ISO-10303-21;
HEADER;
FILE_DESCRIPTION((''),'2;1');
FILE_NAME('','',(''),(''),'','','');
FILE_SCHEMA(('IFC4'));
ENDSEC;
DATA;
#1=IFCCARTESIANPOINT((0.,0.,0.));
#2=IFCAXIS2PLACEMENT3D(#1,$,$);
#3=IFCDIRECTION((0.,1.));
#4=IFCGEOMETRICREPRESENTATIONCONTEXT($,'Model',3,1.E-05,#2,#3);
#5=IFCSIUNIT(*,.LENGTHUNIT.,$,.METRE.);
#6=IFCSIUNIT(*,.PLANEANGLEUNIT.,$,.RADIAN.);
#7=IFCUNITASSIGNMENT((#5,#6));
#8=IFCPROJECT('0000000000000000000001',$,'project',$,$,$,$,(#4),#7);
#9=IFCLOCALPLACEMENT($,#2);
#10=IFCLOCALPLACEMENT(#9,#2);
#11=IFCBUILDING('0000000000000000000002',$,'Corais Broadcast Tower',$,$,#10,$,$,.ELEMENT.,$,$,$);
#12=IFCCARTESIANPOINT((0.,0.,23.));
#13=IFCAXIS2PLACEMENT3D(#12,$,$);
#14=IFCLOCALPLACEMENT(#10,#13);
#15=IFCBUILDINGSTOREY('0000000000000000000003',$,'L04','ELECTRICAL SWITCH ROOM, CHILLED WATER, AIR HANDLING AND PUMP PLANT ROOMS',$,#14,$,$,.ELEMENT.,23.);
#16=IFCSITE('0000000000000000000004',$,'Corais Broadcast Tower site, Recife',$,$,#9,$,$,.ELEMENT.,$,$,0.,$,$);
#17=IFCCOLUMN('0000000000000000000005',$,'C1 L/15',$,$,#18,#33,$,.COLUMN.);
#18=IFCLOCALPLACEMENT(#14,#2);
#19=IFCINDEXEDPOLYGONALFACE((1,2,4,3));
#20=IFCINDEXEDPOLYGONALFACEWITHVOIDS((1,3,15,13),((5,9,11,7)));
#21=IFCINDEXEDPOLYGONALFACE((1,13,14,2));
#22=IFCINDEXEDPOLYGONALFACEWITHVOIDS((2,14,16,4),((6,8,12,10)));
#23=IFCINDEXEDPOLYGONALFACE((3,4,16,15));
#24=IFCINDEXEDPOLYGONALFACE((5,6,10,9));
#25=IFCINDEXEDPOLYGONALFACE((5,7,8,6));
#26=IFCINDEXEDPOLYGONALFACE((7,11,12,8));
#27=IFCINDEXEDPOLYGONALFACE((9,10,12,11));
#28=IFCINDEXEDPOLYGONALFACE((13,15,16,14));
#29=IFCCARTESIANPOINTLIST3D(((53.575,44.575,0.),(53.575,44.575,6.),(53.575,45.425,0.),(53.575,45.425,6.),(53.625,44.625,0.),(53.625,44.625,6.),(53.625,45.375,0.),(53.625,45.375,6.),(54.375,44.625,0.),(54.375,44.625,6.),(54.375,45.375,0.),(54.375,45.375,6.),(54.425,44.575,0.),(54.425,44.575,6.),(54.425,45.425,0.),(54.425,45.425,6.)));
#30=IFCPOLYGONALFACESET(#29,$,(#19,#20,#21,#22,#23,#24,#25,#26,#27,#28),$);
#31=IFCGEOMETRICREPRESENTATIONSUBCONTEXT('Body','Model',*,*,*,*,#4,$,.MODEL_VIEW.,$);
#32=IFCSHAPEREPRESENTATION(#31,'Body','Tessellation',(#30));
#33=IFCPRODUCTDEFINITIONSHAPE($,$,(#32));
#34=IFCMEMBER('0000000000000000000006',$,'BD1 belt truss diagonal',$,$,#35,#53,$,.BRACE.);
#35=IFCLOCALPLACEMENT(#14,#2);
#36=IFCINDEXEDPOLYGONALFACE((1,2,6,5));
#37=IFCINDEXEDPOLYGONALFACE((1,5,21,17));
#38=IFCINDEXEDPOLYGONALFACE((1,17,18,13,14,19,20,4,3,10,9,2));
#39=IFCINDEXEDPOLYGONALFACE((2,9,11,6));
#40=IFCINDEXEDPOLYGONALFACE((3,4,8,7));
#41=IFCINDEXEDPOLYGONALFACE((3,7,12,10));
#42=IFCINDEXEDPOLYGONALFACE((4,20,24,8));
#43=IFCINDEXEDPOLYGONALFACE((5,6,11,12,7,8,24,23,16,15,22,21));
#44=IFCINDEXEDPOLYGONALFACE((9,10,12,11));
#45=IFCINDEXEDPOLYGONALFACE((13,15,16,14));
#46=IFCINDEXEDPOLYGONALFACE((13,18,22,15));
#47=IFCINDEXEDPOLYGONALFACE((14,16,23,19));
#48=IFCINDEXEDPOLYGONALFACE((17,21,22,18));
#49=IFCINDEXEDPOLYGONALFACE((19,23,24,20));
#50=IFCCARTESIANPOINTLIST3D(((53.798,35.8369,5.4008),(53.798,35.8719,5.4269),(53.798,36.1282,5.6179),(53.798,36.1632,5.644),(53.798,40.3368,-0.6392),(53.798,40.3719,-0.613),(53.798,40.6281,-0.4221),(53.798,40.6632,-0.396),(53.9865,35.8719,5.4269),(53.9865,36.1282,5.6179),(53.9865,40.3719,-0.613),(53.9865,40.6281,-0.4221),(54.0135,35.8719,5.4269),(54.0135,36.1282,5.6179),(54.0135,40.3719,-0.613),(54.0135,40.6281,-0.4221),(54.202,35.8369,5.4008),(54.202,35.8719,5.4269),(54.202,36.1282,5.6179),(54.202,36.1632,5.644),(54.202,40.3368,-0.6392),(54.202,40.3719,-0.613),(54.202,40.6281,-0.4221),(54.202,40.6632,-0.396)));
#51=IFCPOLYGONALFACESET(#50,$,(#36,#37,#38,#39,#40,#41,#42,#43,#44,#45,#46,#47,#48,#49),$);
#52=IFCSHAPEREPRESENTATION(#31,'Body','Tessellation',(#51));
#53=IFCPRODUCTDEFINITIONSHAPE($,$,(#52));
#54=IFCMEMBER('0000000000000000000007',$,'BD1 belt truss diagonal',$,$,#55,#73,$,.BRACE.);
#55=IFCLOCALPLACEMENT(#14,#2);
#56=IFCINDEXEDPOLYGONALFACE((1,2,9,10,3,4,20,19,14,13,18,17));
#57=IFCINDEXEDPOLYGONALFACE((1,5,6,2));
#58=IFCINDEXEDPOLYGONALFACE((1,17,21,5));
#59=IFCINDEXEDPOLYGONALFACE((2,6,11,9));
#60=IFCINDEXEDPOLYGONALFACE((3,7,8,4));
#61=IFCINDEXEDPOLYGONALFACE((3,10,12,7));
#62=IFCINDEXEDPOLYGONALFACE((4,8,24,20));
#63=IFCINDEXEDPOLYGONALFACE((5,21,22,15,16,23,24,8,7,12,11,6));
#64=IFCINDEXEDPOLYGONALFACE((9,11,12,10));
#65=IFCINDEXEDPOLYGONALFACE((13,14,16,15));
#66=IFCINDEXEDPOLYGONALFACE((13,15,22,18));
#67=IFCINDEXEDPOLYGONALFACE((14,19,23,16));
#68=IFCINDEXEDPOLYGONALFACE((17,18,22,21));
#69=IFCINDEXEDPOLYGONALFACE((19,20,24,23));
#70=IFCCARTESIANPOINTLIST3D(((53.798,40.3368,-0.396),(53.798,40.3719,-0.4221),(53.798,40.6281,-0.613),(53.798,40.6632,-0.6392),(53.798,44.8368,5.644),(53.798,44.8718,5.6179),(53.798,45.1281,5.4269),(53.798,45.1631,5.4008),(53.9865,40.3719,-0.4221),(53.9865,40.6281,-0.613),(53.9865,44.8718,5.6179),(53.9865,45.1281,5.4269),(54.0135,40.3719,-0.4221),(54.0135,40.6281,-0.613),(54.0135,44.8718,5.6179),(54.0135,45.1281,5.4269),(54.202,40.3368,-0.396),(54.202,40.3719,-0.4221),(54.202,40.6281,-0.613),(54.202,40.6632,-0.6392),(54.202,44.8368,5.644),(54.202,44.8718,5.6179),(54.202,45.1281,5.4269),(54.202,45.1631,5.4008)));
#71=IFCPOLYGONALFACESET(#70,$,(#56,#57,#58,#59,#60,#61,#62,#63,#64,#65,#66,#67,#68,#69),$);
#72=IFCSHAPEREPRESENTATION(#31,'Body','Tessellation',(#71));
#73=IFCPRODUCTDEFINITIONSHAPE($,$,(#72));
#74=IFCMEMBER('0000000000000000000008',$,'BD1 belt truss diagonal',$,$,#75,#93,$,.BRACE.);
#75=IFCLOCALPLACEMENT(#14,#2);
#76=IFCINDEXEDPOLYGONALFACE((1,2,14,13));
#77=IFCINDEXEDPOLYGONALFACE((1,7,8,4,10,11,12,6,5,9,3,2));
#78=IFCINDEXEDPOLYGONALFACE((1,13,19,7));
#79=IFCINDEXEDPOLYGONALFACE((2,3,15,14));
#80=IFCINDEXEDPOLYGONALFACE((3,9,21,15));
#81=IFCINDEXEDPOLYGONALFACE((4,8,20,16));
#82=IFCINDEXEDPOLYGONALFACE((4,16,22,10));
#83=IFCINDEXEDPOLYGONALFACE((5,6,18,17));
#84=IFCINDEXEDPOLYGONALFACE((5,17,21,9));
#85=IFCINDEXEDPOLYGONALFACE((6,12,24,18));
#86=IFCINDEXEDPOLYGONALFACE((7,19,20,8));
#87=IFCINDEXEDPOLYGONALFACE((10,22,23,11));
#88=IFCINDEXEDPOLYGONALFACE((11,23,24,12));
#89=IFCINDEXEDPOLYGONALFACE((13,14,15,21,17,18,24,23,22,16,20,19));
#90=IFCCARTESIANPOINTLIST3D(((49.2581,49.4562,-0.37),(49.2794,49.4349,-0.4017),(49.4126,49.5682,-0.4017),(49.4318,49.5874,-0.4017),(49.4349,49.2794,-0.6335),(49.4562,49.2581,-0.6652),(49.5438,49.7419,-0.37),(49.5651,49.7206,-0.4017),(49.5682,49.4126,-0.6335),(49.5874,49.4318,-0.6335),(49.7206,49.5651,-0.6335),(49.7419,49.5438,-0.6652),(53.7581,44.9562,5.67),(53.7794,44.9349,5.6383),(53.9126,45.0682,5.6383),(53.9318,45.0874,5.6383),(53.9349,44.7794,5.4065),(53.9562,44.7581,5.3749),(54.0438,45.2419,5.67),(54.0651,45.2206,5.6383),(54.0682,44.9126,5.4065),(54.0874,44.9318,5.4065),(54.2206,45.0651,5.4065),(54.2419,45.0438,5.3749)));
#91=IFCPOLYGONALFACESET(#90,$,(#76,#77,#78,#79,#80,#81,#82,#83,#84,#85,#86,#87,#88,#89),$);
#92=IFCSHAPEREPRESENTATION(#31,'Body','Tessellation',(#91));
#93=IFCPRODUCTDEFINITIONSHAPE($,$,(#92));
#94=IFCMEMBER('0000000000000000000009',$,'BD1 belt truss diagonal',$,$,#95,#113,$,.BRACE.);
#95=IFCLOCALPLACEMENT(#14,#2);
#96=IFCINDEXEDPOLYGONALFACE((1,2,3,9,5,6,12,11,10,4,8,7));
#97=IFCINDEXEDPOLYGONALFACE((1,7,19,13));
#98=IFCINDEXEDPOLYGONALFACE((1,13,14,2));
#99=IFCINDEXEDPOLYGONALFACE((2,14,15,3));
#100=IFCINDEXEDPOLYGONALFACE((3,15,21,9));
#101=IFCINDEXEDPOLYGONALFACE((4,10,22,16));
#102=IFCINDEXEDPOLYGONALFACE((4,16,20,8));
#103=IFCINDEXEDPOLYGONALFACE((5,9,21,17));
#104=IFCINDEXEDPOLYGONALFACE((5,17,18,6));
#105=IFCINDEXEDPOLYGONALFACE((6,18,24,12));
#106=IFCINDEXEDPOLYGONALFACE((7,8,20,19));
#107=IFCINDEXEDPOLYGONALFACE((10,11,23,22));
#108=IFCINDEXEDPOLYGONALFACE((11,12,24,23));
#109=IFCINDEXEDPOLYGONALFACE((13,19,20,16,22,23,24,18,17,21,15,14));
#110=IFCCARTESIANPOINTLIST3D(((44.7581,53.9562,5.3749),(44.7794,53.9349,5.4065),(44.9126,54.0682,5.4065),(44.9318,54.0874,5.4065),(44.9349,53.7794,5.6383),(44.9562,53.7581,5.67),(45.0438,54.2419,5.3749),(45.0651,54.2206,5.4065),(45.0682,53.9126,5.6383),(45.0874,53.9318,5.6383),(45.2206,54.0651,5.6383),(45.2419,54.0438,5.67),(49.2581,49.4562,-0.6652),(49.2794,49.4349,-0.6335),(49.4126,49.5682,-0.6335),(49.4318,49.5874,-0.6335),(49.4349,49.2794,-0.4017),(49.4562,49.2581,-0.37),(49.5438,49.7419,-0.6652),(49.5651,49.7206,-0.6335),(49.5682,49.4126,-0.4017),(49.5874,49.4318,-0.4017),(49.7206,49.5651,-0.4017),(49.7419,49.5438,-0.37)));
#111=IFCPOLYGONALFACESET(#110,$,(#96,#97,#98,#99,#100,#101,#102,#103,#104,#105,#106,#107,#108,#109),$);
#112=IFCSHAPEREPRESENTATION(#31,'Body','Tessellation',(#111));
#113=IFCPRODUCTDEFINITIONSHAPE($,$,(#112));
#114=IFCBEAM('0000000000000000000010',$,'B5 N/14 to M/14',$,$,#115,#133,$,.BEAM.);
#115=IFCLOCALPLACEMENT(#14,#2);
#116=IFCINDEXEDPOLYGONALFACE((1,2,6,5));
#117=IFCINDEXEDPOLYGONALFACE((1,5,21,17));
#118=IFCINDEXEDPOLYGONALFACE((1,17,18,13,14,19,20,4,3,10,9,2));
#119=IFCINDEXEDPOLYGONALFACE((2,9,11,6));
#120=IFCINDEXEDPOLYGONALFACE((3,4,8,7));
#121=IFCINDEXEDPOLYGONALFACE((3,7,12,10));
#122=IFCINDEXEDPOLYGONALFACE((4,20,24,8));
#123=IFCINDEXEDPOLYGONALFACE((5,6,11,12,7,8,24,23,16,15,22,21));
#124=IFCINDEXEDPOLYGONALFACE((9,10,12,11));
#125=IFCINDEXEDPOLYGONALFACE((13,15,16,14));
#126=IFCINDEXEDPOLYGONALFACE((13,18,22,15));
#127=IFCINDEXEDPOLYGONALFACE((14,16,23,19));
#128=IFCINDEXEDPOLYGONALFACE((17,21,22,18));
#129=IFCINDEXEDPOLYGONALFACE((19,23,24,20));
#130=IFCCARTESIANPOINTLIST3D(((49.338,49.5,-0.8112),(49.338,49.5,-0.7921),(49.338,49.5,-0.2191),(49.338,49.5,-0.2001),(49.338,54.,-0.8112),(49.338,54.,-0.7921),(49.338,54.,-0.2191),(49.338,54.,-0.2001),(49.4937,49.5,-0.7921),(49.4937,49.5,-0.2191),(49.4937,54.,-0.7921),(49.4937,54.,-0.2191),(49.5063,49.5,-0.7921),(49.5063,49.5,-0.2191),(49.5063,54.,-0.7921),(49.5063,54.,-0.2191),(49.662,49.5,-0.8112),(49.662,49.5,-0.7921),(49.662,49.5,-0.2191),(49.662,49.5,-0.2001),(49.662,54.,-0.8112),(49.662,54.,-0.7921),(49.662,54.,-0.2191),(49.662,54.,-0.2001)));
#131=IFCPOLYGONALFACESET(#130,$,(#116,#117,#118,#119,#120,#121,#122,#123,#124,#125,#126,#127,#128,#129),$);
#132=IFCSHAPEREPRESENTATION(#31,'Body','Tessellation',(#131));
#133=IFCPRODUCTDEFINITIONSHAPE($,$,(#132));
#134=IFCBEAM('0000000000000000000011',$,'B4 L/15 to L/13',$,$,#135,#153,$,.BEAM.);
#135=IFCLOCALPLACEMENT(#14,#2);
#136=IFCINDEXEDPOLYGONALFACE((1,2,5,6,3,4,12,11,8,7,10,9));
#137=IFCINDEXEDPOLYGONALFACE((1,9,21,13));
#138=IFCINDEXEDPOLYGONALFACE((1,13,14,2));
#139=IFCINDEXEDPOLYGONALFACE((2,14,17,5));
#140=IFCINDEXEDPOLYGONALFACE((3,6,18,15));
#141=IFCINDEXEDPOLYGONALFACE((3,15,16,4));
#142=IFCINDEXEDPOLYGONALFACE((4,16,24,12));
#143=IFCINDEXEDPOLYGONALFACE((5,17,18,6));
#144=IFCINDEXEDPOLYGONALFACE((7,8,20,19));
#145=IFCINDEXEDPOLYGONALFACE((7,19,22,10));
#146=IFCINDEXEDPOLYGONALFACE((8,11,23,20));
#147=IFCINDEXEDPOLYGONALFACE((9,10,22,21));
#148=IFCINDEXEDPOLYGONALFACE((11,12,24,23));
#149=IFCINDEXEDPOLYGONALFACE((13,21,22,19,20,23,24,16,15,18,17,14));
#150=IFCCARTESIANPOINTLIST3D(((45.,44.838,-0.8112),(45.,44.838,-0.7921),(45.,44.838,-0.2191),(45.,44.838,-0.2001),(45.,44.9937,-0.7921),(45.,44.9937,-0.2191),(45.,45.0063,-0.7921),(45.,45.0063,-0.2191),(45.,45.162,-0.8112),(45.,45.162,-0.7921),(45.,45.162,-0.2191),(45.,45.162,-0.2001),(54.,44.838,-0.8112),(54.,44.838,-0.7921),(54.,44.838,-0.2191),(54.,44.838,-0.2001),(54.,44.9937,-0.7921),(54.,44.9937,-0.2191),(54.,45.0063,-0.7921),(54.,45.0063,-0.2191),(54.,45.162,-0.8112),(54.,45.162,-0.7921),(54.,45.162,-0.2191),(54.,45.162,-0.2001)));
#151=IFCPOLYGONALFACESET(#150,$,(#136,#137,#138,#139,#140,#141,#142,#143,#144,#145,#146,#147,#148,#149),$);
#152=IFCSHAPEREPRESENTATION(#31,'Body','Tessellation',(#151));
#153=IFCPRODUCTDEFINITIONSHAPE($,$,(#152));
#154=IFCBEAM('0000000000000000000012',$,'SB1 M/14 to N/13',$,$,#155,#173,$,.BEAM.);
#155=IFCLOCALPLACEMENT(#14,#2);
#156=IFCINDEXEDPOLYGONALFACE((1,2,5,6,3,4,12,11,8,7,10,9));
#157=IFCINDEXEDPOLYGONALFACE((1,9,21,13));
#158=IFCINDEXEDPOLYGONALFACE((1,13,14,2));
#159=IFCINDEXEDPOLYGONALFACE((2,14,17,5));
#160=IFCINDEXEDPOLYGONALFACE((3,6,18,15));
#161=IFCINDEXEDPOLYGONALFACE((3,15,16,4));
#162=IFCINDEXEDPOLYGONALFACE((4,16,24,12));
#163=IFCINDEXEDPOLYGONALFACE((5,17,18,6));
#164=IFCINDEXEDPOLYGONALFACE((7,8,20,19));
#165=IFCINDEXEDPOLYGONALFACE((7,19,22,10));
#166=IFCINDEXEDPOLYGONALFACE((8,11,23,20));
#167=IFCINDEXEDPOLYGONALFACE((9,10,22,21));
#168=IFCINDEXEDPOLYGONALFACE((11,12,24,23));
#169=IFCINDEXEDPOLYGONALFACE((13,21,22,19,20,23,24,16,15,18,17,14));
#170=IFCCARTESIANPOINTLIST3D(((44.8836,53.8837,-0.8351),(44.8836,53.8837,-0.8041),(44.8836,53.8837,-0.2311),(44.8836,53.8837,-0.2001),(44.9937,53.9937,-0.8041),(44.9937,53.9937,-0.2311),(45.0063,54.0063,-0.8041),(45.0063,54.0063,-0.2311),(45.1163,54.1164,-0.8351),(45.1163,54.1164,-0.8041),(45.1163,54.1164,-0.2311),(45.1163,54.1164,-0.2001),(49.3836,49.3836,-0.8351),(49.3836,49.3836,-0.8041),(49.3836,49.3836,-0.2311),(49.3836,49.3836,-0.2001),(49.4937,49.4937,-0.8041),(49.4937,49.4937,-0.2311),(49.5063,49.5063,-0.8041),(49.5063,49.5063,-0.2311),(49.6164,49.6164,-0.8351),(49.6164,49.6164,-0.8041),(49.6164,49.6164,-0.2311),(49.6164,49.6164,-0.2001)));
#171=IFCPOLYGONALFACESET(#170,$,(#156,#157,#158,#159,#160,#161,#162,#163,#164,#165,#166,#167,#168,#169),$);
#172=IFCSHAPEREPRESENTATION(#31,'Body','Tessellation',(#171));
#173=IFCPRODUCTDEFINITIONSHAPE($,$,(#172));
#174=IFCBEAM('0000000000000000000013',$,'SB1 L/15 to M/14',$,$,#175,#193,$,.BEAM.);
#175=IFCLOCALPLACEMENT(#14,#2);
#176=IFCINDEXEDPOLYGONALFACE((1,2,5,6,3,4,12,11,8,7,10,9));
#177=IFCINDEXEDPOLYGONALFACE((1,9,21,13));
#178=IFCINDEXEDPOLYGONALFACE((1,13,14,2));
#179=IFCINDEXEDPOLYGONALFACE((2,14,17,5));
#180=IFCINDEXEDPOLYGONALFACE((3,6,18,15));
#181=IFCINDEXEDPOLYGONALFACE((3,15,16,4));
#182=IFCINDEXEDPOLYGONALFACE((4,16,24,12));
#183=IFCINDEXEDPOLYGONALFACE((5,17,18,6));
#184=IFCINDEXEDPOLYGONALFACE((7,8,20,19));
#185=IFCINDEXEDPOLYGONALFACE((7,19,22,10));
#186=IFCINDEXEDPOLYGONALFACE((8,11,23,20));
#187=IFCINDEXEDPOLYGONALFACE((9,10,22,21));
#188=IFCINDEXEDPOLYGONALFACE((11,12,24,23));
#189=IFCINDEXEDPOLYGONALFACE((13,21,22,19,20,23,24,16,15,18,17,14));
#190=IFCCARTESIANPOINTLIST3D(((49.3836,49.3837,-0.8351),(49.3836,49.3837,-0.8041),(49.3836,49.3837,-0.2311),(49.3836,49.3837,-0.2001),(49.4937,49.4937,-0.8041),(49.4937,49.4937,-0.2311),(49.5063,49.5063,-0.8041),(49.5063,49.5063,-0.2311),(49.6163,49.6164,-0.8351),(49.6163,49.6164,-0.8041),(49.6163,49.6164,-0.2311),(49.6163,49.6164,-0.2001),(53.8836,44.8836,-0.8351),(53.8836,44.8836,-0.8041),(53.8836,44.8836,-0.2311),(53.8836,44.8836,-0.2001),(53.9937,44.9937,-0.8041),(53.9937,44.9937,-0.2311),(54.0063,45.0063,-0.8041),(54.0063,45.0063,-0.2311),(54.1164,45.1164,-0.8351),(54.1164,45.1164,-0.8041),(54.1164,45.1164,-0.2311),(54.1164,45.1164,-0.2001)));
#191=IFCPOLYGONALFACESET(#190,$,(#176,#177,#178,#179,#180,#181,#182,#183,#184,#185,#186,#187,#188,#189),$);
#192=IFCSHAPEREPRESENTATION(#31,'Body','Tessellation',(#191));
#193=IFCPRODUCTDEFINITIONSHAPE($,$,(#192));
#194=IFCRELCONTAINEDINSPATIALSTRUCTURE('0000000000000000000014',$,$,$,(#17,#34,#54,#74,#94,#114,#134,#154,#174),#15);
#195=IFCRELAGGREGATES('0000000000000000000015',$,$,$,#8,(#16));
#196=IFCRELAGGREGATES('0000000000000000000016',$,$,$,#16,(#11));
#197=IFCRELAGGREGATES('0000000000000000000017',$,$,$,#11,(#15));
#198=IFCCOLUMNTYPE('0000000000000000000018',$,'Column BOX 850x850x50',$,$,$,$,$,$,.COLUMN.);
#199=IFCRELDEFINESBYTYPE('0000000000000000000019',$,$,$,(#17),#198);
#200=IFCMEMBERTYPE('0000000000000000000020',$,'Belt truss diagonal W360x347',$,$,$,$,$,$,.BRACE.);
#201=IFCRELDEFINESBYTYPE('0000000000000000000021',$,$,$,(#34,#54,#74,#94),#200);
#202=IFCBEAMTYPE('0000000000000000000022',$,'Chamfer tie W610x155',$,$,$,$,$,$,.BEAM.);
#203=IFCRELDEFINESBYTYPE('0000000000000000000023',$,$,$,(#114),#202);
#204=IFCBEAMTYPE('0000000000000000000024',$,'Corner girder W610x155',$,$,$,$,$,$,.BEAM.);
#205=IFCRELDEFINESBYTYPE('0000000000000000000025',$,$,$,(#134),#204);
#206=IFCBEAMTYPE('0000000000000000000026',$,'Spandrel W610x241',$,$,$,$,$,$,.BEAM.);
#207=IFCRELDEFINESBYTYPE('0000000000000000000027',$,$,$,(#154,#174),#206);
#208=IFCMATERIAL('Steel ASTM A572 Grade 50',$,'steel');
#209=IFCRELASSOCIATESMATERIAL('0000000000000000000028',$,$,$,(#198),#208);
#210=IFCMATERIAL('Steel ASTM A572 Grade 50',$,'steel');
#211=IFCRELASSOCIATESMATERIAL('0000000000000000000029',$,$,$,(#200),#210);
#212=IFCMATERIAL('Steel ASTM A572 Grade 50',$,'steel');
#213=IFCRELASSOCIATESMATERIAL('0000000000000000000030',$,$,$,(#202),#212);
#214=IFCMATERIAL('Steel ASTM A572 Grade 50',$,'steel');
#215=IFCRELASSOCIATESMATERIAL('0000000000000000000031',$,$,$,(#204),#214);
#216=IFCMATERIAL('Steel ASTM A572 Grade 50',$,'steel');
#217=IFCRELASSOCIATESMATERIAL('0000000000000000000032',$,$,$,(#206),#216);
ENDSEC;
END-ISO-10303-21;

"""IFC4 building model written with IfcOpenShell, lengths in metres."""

from ifc_helpers import new_model, si_unit, direction, frame, origin, origin_2d, place, context, subcontext, project, spatial, hollow_rectangle, i_section, extrude, material, material_profile, profile_set, type_object, element, save


model = new_model("IFC4")

# Units and contexts
model_context = context("Model", 3, precision=1e-05, world=origin(), true_north=direction((0.0, 1.0)))
body_context = subcontext(model_context, "Body", "Model", "MODEL_VIEW")
ifc_project = project(units=[si_unit("LENGTHUNIT", "METRE"), si_unit("PLANEANGLEUNIT", "RADIAN")], contexts=[model_context])

# Site, building, storey
site_placement = place(None, origin())
site = spatial("IfcSite", under=ifc_project, at=site_placement, Name="Corais Broadcast Tower site, Recife", CompositionType="ELEMENT", RefElevation=0.0)
building_placement = place(site_placement, origin())
building = spatial("IfcBuilding", under=site, at=building_placement, Name="Corais Broadcast Tower", CompositionType="ELEMENT")
storey_placement = place(building_placement, frame((0.0, 0.0, 23.0)))
storey = spatial("IfcBuildingStorey", under=building, at=storey_placement, Name="L04", Description="ELECTRICAL SWITCH ROOM, CHILLED WATER, AIR HANDLING AND PUMP PLANT ROOMS", CompositionType="ELEMENT", Elevation=23.0)

# Column
ifc_material_1 = material(Name="Steel ASTM A572 Grade 50", Category="steel")
ifc_material_profile_1 = material_profile(ifc_material_1, hollow_rectangle(XDim=0.8501, YDim=0.8501, WallThickness=0.05, at=origin_2d()), Name="BOX 850x850x50")
ifc_profile_set_1 = profile_set([ifc_material_profile_1], Name="Steel ASTM A572 Grade 50")
column_type = type_object("IfcColumnType", Name="Column BOX 850x850x50", PredefinedType="COLUMN", material=ifc_profile_set_1)
column_placement = place(storey_placement, frame((54.0, 45.0, 0.0), z_axis=(0.0, 0.0, 1.0), x_axis=(1.0, 0.0, 0.0)))
element("IfcColumn", 1, at=column_placement, inside=storey, type_object=column_type, Name="C1 L/15", PredefinedType="COLUMN", context=body_context, shape_type="SweptSolid", body=[
    extrude(hollow_rectangle(XDim=0.8501, YDim=0.8501, WallThickness=0.05, at=origin_2d()), origin(), (0.0, 0.0, 1.0), 6.0),
])

# Members
ifc_material_2 = material(Name="Steel ASTM A572 Grade 50", Category="steel")
ifc_material_profile_2 = material_profile(ifc_material_2, i_section(OverallWidth=0.4041, OverallDepth=0.407, WebThickness=0.0271, FlangeThickness=0.0437, at=origin_2d()), Name="W360x347")
ifc_profile_set_2 = profile_set([ifc_material_profile_2], Name="Steel ASTM A572 Grade 50")
member_type = type_object("IfcMemberType", Name="Belt truss diagonal W360x347", PredefinedType="BRACE", material=ifc_profile_set_2)
for number, where, z_axis, x_axis, name in (
    (2, (54.0, 40.5, -0.5176), (0.0, -0.597445, 0.80191), (1.0, 0.0, 0.0), "BD1 belt truss diagonal"),
    (3, (54.0, 40.5, -0.5176), (0.0, 0.597445, 0.80191), (-1.0, 0.0, 0.0), "BD1 belt truss diagonal"),
):
    element("IfcMember", number, at=place(storey_placement, frame(where, z_axis=z_axis, x_axis=x_axis)), inside=storey, type_object=member_type, Name=name, PredefinedType="BRACE", context=body_context, shape_type="SweptSolid", body=[
        extrude(i_section(OverallWidth=0.4041, OverallDepth=0.407, WebThickness=0.0271, FlangeThickness=0.0437, at=origin_2d()), origin(), (0.0, 0.0, 1.0), 7.532),
    ])
for number, where, z_axis, x_axis, name in (
    (4, (49.5, 49.5, -0.5176), (0.512882, -0.512882, 0.688406), (0.707107, 0.707107, 0.0), "BD1 belt truss diagonal"),
    (5, (49.5, 49.5, -0.5176), (-0.512882, 0.512882, 0.688406), (-0.707107, -0.707107, 0.0), "BD1 belt truss diagonal"),
):
    element("IfcMember", number, at=place(storey_placement, frame(where, z_axis=z_axis, x_axis=x_axis)), inside=storey, type_object=member_type, Name=name, PredefinedType="BRACE", context=body_context, shape_type="SweptSolid", body=[
        extrude(i_section(OverallWidth=0.4041, OverallDepth=0.407, WebThickness=0.0271, FlangeThickness=0.0437, at=origin_2d()), origin(), (0.0, 0.0, 1.0), 8.7739),
    ])

# Beams
ifc_material_3 = material(Name="Steel ASTM A572 Grade 50", Category="steel")
ifc_material_profile_3 = material_profile(ifc_material_3, i_section(OverallWidth=0.324, OverallDepth=0.6111, WebThickness=0.0127, FlangeThickness=0.019, at=origin_2d()), Name="W610x155")
ifc_profile_set_3 = profile_set([ifc_material_profile_3], Name="Steel ASTM A572 Grade 50")
beam_type_1 = type_object("IfcBeamType", Name="Chamfer tie W610x155", PredefinedType="BEAM", material=ifc_profile_set_3)
beam_1_placement = place(storey_placement, frame((49.5, 54.0, -0.5056), z_axis=(0.0, -1.0, 0.0), x_axis=(1.0, 0.0, 0.0)))
element("IfcBeam", 6, at=beam_1_placement, inside=storey, type_object=beam_type_1, Name="B5 N/14 to M/14", PredefinedType="BEAM", context=body_context, shape_type="SweptSolid", body=[
    extrude(i_section(OverallWidth=0.324, OverallDepth=0.6111, WebThickness=0.0127, FlangeThickness=0.019, at=origin_2d()), origin(), (0.0, 0.0, 1.0), 4.5),
])
ifc_material_4 = material(Name="Steel ASTM A572 Grade 50", Category="steel")
ifc_material_profile_4 = material_profile(ifc_material_4, i_section(OverallWidth=0.324, OverallDepth=0.6111, WebThickness=0.0127, FlangeThickness=0.019, at=origin_2d()), Name="W610x155")
ifc_profile_set_4 = profile_set([ifc_material_profile_4], Name="Steel ASTM A572 Grade 50")
beam_type_2 = type_object("IfcBeamType", Name="Corner girder W610x155", PredefinedType="BEAM", material=ifc_profile_set_4)
beam_2_placement = place(storey_placement, frame((54.0, 45.0, -0.5056), z_axis=(-1.0, 0.0, 0.0), x_axis=(0.0, -1.0, 0.0)))
element("IfcBeam", 7, at=beam_2_placement, inside=storey, type_object=beam_type_2, Name="B4 L/15 to L/13", PredefinedType="BEAM", context=body_context, shape_type="SweptSolid", body=[
    extrude(i_section(OverallWidth=0.324, OverallDepth=0.6111, WebThickness=0.0127, FlangeThickness=0.019, at=origin_2d()), origin(), (0.0, 0.0, 1.0), 9.0),
])
ifc_material_5 = material(Name="Steel ASTM A572 Grade 50", Category="steel")
ifc_material_profile_5 = material_profile(ifc_material_5, i_section(OverallWidth=0.3291, OverallDepth=0.635, WebThickness=0.0178, FlangeThickness=0.031, at=origin_2d()), Name="W610x241")
ifc_profile_set_5 = profile_set([ifc_material_profile_5], Name="Steel ASTM A572 Grade 50")
beam_type_3 = type_object("IfcBeamType", Name="Spandrel W610x241", PredefinedType="BEAM", material=ifc_profile_set_5)
for number, where, z_axis, x_axis, name in (
    (8, (49.5, 49.5, -0.5176), (-0.707107, 0.707107, 0.0), (-0.707107, -0.707107, 0.0), "SB1 M/14 to N/13"),
    (9, (54.0, 45.0, -0.5176), (-0.707107, 0.707107, 0.0), (-0.707107, -0.707107, 0.0), "SB1 L/15 to M/14"),
):
    element("IfcBeam", number, at=place(storey_placement, frame(where, z_axis=z_axis, x_axis=x_axis)), inside=storey, type_object=beam_type_3, Name=name, PredefinedType="BEAM", context=body_context, shape_type="SweptSolid", body=[
        extrude(i_section(OverallWidth=0.3291, OverallDepth=0.635, WebThickness=0.0178, FlangeThickness=0.031, at=origin_2d()), origin(), (0.0, 0.0, 1.0), 6.364),
    ])

save(model, "model.ifc")
